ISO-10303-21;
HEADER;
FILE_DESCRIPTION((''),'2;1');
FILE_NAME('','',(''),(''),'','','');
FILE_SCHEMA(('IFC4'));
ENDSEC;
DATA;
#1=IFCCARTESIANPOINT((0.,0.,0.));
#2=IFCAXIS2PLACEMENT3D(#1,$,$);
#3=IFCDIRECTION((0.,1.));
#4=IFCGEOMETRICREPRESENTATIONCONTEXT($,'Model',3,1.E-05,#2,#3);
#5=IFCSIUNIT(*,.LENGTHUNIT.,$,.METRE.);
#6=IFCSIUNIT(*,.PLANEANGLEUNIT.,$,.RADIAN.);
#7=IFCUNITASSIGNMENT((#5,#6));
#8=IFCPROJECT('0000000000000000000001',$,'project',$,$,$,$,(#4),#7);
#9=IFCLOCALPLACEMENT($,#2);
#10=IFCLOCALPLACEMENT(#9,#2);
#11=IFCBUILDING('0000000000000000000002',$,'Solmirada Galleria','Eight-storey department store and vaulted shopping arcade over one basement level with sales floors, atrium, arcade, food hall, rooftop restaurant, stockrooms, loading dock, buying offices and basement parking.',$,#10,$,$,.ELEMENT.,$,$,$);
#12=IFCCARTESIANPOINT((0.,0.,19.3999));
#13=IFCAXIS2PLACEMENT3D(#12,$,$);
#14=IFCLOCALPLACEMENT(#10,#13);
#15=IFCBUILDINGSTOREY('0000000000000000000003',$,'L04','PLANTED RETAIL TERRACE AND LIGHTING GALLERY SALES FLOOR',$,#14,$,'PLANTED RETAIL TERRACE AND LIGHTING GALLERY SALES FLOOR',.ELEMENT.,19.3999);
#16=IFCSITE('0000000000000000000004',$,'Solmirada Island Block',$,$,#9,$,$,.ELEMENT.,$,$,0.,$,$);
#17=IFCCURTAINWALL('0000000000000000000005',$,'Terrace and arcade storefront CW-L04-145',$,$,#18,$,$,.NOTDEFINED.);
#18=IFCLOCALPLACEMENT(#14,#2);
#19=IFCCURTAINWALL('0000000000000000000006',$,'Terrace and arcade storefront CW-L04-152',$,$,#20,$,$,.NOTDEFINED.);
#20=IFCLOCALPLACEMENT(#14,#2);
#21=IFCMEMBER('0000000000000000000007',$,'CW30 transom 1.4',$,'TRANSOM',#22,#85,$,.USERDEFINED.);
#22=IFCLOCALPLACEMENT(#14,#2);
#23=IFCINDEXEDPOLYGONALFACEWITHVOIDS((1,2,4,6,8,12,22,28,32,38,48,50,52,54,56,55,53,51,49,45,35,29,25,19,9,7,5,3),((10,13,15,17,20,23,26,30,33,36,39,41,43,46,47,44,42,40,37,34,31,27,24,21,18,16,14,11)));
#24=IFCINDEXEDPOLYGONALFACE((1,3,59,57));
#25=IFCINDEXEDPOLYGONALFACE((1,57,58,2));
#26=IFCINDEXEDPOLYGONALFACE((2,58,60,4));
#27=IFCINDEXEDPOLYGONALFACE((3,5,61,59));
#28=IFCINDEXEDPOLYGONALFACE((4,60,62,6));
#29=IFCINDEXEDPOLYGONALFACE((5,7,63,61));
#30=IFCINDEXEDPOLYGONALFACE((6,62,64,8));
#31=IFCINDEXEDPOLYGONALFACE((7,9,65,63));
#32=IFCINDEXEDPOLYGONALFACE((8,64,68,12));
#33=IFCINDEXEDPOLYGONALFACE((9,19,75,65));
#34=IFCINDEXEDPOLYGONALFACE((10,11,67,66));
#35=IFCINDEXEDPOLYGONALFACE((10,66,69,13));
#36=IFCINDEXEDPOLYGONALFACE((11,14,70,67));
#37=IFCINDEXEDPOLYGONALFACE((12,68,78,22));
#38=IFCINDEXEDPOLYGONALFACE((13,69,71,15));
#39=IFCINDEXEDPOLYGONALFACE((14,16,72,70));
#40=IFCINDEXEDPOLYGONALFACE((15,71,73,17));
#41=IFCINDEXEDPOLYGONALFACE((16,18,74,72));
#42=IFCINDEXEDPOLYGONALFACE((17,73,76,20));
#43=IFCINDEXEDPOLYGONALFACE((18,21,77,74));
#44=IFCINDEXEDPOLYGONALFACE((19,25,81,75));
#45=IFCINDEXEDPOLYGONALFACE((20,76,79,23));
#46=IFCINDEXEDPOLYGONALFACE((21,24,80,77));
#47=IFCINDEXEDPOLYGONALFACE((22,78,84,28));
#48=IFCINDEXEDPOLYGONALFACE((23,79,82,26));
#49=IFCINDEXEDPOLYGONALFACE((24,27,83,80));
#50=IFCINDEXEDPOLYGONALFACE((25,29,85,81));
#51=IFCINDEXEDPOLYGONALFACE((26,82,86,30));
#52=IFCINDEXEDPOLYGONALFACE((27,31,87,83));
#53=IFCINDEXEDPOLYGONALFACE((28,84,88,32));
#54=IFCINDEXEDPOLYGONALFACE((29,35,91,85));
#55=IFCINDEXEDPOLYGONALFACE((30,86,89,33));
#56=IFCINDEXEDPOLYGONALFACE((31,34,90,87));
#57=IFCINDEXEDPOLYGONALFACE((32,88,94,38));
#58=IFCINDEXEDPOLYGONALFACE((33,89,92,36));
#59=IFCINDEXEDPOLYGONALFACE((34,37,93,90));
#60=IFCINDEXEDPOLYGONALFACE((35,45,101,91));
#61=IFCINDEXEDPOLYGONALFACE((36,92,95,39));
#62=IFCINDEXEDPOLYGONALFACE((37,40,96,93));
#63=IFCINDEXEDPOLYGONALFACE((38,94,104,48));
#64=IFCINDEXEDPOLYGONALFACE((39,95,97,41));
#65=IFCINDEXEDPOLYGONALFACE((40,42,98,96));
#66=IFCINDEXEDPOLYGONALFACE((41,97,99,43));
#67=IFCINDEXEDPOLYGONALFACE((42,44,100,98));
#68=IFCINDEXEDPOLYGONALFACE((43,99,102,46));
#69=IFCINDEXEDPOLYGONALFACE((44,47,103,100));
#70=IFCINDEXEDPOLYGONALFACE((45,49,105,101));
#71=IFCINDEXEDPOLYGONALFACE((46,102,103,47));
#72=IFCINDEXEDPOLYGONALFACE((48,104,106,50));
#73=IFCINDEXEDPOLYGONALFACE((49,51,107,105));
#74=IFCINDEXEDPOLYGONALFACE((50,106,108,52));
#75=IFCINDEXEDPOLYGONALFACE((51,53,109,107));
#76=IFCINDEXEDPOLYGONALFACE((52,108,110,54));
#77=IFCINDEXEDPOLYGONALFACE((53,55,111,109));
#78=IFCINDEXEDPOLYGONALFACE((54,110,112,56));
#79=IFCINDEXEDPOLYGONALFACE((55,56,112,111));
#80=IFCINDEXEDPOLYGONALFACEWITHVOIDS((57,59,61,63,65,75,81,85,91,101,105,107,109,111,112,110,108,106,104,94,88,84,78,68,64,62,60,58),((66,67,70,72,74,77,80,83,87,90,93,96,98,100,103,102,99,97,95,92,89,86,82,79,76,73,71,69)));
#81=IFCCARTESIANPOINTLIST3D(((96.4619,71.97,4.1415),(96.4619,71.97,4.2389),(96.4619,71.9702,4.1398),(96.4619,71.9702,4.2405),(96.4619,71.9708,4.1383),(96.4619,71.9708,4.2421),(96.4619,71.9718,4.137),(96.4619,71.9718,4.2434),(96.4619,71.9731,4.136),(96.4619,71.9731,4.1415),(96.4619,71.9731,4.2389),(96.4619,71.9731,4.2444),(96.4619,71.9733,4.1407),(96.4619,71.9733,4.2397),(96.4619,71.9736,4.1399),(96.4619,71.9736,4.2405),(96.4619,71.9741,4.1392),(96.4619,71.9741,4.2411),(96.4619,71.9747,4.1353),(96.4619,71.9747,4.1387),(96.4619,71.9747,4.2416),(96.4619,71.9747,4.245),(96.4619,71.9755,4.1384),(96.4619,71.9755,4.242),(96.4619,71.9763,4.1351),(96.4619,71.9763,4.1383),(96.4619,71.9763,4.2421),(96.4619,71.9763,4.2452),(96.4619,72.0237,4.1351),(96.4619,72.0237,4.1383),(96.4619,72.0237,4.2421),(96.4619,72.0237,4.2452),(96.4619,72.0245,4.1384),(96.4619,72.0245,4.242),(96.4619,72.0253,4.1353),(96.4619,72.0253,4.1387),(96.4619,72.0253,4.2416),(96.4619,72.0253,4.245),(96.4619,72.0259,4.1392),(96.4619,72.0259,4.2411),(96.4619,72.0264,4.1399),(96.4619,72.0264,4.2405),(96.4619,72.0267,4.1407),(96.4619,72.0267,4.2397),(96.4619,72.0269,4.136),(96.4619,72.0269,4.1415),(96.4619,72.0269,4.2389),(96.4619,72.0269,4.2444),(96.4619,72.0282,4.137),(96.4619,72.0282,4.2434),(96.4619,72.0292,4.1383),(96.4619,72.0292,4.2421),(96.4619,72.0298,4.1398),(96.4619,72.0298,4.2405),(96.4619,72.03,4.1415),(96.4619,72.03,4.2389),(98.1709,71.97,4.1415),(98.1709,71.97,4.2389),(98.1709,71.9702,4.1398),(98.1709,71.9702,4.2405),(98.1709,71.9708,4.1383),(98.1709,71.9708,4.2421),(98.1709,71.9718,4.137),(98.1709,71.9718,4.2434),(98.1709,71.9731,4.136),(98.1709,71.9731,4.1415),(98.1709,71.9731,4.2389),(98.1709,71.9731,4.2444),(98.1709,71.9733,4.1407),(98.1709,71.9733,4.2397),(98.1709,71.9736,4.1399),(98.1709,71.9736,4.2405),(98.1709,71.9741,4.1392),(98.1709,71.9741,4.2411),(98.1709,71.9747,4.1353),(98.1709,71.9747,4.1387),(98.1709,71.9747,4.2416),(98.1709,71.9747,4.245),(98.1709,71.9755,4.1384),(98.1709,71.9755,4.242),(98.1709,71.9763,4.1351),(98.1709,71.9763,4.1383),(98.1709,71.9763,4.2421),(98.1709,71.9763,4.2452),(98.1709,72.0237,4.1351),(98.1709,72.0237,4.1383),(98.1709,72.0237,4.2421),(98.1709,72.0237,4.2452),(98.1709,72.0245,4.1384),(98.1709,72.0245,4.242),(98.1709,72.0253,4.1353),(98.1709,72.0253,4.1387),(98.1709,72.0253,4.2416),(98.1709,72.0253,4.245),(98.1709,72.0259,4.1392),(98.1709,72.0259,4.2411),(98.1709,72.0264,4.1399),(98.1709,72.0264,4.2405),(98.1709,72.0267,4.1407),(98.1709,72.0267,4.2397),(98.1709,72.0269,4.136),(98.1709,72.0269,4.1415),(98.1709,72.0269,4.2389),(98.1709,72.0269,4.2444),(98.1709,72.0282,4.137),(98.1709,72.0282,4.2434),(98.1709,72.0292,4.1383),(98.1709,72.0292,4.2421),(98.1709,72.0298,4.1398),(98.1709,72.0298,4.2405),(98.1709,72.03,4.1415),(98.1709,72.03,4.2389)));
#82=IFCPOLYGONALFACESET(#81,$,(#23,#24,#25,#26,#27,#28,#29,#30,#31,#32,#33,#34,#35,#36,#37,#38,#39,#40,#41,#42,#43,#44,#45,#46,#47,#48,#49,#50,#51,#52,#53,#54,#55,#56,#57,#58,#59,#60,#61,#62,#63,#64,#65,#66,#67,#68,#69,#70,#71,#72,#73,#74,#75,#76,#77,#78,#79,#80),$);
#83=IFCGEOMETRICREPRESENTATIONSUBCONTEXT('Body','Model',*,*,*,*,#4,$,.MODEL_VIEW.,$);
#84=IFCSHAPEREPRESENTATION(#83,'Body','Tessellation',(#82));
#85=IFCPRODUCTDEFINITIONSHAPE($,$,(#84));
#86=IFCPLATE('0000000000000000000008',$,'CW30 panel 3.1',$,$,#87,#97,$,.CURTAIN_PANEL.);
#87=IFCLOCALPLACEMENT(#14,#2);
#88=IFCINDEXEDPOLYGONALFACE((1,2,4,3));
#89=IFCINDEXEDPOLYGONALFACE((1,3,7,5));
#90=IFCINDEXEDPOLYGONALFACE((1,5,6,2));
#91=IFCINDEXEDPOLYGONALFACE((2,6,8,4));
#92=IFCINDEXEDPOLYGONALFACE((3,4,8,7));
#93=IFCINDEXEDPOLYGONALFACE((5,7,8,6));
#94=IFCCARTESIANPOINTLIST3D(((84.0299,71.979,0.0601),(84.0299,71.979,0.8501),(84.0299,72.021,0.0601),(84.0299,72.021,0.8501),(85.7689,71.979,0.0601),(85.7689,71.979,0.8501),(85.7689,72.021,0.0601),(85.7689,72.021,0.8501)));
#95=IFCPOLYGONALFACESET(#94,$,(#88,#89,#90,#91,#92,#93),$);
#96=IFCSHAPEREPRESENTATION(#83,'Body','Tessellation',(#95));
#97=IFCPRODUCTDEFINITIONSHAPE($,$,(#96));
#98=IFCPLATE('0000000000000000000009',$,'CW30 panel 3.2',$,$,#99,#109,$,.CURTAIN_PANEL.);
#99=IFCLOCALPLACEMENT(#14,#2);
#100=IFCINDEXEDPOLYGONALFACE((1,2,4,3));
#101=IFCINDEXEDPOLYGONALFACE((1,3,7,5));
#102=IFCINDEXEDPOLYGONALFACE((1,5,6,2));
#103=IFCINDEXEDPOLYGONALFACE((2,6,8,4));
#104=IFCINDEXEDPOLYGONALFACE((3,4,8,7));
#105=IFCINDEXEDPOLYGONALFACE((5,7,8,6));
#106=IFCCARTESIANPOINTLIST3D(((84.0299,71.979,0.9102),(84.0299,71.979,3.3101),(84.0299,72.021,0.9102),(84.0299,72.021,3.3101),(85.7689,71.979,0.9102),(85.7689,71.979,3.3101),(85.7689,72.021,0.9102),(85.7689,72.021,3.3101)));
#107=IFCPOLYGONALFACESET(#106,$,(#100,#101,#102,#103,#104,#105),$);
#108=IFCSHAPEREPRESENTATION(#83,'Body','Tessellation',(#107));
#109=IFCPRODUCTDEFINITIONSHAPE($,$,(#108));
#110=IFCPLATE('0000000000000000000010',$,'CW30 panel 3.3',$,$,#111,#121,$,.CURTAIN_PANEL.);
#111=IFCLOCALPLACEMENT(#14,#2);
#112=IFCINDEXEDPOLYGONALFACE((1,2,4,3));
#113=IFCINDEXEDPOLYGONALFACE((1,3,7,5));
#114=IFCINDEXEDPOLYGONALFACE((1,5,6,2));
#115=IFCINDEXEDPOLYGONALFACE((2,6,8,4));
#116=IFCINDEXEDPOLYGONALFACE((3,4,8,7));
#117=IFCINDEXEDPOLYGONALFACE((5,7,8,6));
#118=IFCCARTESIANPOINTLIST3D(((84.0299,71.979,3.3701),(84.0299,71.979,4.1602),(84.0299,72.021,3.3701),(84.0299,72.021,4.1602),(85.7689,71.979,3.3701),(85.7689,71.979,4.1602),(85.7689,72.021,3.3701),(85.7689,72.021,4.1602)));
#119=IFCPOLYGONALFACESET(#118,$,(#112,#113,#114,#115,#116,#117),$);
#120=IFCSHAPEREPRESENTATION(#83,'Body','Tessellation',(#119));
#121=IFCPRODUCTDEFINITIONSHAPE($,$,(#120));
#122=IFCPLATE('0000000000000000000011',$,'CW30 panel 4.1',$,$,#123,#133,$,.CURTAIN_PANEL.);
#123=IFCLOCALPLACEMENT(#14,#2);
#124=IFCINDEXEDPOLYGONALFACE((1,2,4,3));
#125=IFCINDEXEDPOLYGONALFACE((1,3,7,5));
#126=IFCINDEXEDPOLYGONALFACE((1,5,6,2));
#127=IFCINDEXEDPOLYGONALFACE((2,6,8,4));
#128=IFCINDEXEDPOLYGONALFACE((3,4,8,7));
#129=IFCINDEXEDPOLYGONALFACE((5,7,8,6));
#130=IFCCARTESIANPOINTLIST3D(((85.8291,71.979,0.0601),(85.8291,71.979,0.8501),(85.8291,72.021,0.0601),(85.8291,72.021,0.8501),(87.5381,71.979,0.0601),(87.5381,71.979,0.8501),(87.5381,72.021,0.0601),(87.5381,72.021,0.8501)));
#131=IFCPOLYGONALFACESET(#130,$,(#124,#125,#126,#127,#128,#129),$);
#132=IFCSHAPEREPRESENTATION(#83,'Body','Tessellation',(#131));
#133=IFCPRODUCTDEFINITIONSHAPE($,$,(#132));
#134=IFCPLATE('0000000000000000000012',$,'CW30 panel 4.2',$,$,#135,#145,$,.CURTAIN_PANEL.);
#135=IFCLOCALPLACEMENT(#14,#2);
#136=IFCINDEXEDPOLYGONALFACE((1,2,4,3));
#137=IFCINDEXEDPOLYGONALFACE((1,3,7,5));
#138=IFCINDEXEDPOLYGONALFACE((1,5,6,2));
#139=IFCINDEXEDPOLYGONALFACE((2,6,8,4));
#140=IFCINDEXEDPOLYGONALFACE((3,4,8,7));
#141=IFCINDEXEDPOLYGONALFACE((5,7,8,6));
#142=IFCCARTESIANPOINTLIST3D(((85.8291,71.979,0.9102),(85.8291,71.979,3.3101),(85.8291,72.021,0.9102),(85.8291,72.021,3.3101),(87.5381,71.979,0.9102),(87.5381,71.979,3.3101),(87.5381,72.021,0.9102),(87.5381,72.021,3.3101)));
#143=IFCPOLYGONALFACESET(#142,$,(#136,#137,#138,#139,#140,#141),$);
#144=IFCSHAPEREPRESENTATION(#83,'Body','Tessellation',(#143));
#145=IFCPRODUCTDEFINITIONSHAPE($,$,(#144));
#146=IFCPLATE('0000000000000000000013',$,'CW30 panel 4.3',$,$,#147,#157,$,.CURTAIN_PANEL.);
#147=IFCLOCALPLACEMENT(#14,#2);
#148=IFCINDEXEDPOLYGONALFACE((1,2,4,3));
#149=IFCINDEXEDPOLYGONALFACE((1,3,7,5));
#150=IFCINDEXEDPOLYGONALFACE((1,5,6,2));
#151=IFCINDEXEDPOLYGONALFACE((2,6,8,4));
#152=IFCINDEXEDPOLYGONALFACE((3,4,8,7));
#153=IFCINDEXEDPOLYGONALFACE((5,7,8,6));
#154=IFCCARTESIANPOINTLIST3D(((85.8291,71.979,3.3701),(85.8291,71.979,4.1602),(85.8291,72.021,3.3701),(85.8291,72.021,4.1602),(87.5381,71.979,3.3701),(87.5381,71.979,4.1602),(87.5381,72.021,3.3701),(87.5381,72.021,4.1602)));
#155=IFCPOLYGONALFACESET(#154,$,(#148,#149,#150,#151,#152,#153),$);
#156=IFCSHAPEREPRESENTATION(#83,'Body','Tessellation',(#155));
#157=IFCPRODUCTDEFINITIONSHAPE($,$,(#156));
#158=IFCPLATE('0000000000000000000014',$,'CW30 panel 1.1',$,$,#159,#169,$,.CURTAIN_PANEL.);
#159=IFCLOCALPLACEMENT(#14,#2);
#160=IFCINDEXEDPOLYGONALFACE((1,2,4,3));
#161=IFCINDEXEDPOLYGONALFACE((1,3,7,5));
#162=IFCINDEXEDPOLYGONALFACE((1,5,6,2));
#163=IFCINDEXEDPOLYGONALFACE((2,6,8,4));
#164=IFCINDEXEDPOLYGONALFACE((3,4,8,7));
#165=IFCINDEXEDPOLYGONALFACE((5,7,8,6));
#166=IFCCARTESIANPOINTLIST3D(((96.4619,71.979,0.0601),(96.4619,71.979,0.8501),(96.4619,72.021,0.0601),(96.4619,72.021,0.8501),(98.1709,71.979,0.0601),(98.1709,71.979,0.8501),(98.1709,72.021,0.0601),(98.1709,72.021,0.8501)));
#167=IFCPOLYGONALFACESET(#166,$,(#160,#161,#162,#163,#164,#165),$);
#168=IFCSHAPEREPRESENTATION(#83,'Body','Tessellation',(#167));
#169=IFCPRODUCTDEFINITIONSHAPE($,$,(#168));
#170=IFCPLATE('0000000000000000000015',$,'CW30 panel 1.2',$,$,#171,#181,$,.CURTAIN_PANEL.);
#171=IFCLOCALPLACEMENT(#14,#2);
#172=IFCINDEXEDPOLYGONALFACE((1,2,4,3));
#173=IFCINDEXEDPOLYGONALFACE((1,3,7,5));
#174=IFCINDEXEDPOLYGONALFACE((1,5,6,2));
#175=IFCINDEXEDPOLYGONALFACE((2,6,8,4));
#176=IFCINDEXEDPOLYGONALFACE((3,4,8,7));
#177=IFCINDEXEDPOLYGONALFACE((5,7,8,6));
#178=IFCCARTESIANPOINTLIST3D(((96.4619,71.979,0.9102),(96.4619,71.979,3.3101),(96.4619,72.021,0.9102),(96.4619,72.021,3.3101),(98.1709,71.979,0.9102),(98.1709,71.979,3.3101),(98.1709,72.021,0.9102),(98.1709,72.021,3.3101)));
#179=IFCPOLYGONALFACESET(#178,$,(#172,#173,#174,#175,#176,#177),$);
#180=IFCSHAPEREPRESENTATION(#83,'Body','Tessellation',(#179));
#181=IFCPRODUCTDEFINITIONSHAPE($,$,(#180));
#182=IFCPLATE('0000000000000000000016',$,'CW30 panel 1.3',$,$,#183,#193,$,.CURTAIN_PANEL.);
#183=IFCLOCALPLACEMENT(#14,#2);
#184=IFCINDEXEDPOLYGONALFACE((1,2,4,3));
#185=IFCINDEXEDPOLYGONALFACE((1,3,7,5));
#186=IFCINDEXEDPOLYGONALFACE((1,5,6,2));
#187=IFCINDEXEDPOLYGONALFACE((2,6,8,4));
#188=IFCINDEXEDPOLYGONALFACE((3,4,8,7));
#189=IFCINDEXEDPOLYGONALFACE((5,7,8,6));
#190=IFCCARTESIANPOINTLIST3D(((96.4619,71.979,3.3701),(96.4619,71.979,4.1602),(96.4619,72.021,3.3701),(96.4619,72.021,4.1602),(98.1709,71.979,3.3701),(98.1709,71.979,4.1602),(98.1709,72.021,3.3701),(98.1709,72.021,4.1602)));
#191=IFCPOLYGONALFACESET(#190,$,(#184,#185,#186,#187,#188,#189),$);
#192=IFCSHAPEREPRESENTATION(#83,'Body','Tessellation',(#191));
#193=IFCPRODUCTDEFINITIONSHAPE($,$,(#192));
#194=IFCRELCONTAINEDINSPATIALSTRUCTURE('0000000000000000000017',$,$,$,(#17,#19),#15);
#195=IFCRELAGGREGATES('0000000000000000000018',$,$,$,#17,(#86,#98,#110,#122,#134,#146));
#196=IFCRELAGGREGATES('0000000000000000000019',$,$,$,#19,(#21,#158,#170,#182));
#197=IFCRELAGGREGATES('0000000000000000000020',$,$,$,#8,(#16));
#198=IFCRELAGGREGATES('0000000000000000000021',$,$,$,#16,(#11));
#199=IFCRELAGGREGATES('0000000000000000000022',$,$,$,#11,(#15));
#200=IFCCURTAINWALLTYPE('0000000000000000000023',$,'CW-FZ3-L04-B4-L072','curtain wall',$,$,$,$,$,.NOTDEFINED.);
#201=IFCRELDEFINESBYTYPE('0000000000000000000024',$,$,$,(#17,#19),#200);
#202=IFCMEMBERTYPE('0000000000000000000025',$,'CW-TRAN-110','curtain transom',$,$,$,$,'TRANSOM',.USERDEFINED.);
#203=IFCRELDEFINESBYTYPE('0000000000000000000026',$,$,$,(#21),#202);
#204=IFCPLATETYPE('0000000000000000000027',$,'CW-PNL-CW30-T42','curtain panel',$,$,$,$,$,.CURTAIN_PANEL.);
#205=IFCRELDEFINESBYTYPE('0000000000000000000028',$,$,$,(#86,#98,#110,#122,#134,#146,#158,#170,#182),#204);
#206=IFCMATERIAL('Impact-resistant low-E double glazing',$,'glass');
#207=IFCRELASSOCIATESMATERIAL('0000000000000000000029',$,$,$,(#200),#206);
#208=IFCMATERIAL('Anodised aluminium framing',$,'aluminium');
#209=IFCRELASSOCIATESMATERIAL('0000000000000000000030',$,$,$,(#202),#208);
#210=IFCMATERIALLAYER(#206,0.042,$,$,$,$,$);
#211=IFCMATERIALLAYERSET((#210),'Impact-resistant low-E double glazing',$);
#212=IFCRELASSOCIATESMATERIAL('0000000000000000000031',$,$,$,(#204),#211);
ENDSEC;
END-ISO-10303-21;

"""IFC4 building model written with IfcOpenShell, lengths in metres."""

from ifc_helpers import new_model, si_unit, direction, frame, origin, origin_2d, place, context, subcontext, project, spatial, rectangle, hollow_rectangle, extrude, material, layer, layer_set, material_profile, profile_set, type_object, element, aggregate, save


model = new_model("IFC4")

# Units and contexts
model_context = context("Model", 3, precision=1e-05, world=origin(), true_north=direction((0.0, 1.0)))
body_context = subcontext(model_context, "Body", "Model", "MODEL_VIEW")
ifc_project = project(units=[si_unit("LENGTHUNIT", "METRE"), si_unit("PLANEANGLEUNIT", "RADIAN")], contexts=[model_context])

# Site, building, storey
site_placement = place(None, origin())
site = spatial("IfcSite", under=ifc_project, at=site_placement, Name="Solmirada Island Block", CompositionType="ELEMENT", RefElevation=0.0)
building_placement = place(site_placement, origin())
building = spatial("IfcBuilding", under=site, at=building_placement, Name="Solmirada Galleria", Description="Eight-storey department store and vaulted shopping arcade over one basement level with sales floors, atrium, arcade, food hall, rooftop restaurant, stockrooms, loading dock, buying offices and basement parking.", CompositionType="ELEMENT")
storey_placement = place(building_placement, frame((0.0, 0.0, 19.3999)))
storey = spatial("IfcBuildingStorey", under=building, at=storey_placement, Name="L04", Description="PLANTED RETAIL TERRACE AND LIGHTING GALLERY SALES FLOOR", LongName="PLANTED RETAIL TERRACE AND LIGHTING GALLERY SALES FLOOR", CompositionType="ELEMENT", Elevation=19.3999)

# Curtain wall
ifc_material_1 = material(Name="Impact-resistant low-E double glazing", Category="glass")
curtain_wall_type = type_object("IfcCurtainWallType", Name="CW-FZ3-L04-B4-L072", Description="curtain wall", PredefinedType="NOTDEFINED", material=ifc_material_1)
curtain_wall_1_placement = place(storey_placement, origin())
curtain_wall_1 = element("IfcCurtainWall", 1, at=curtain_wall_1_placement, inside=storey, type_object=curtain_wall_type, Name="Terrace and arcade storefront CW-L04-145", PredefinedType="NOTDEFINED")
ifc_material_2 = material(Name="Anodised aluminium framing", Category="aluminium")

# Curtain wall
curtain_wall_2_placement = place(storey_placement, origin())
curtain_wall_2 = element("IfcCurtainWall", 2, at=curtain_wall_2_placement, inside=storey, type_object=curtain_wall_type, Name="Terrace and arcade storefront CW-L04-152", PredefinedType="NOTDEFINED")

# Member
ifc_material_profile_1 = material_profile(ifc_material_2, hollow_rectangle(XDim=0.0601, YDim=0.1101, WallThickness=0.0032, InnerFilletRadius=0.0032, OuterFilletRadius=0.0063, at=origin_2d()), Name="ALU-TRAN-110X60")
ifc_profile_set_1 = profile_set([ifc_material_profile_1], Name="Anodised aluminium framing")
member_type_1 = type_object("IfcMemberType", Name="CW-TRAN-110", Description="curtain transom", ElementType="TRANSOM", PredefinedType="USERDEFINED", material=ifc_profile_set_1)
member_1_placement = place(storey_placement, frame((96.4619, 72.0, 4.1902), z_axis=(1.0, 0.0, 0.0), x_axis=(0.0, 1.0, 0.0)))
member_1 = element("IfcMember", 3, at=member_1_placement, type_object=member_type_1, Name="CW30 transom 1.4", ObjectType="TRANSOM", PredefinedType="USERDEFINED", context=body_context, shape_type="SweptSolid", body=[
    extrude(hollow_rectangle(XDim=0.0601, YDim=0.1101, WallThickness=0.0032, InnerFilletRadius=0.0032, OuterFilletRadius=0.0063, at=origin_2d()), origin(), (0.0, 0.0, 1.0), 1.709),
])

# Plates
ifc_layer = layer(ifc_material_1, 0.042)
ifc_layer_set = layer_set([ifc_layer], Name="Impact-resistant low-E double glazing")
plate_type = type_object("IfcPlateType", Name="CW-PNL-CW30-T42", Description="curtain panel", PredefinedType="CURTAIN_PANEL", material=ifc_layer_set)
plate_1_placement = place(storey_placement, frame((84.8994, 72.0, 0.0601), z_axis=(0.0, 0.0, 1.0), x_axis=(1.0, 0.0, 0.0)))
plate_1 = element("IfcPlate", 4, at=plate_1_placement, type_object=plate_type, Name="CW30 panel 3.1", PredefinedType="CURTAIN_PANEL", context=body_context, shape_type="SweptSolid", body=[
    extrude(rectangle(XDim=1.739, YDim=0.042, at=origin_2d()), origin(), (0.0, 0.0, 1.0), 0.79),
])
plate_2_placement = place(storey_placement, frame((84.8994, 72.0, 0.9102), z_axis=(0.0, 0.0, 1.0), x_axis=(1.0, 0.0, 0.0)))
plate_2 = element("IfcPlate", 5, at=plate_2_placement, type_object=plate_type, Name="CW30 panel 3.2", PredefinedType="CURTAIN_PANEL", context=body_context, shape_type="SweptSolid", body=[
    extrude(rectangle(XDim=1.739, YDim=0.042, at=origin_2d()), origin(), (0.0, 0.0, 1.0), 2.3999),
])
plate_3_placement = place(storey_placement, frame((84.8994, 72.0, 3.3701), z_axis=(0.0, 0.0, 1.0), x_axis=(1.0, 0.0, 0.0)))
plate_3 = element("IfcPlate", 6, at=plate_3_placement, type_object=plate_type, Name="CW30 panel 3.3", PredefinedType="CURTAIN_PANEL", context=body_context, shape_type="SweptSolid", body=[
    extrude(rectangle(XDim=1.739, YDim=0.042, at=origin_2d()), origin(), (0.0, 0.0, 1.0), 0.79),
])
plate_4_placement = place(storey_placement, frame((86.6836, 72.0, 0.0601), z_axis=(0.0, 0.0, 1.0), x_axis=(1.0, 0.0, 0.0)))
plate_4 = element("IfcPlate", 7, at=plate_4_placement, type_object=plate_type, Name="CW30 panel 4.1", PredefinedType="CURTAIN_PANEL", context=body_context, shape_type="SweptSolid", body=[
    extrude(rectangle(XDim=1.709, YDim=0.042, at=origin_2d()), origin(), (0.0, 0.0, 1.0), 0.79),
])
plate_5_placement = place(storey_placement, frame((86.6836, 72.0, 0.9102), z_axis=(0.0, 0.0, 1.0), x_axis=(1.0, 0.0, 0.0)))
plate_5 = element("IfcPlate", 8, at=plate_5_placement, type_object=plate_type, Name="CW30 panel 4.2", PredefinedType="CURTAIN_PANEL", context=body_context, shape_type="SweptSolid", body=[
    extrude(rectangle(XDim=1.709, YDim=0.042, at=origin_2d()), origin(), (0.0, 0.0, 1.0), 2.3999),
])
plate_6_placement = place(storey_placement, frame((86.6836, 72.0, 3.3701), z_axis=(0.0, 0.0, 1.0), x_axis=(1.0, 0.0, 0.0)))
plate_6 = element("IfcPlate", 9, at=plate_6_placement, type_object=plate_type, Name="CW30 panel 4.3", PredefinedType="CURTAIN_PANEL", context=body_context, shape_type="SweptSolid", body=[
    extrude(rectangle(XDim=1.709, YDim=0.042, at=origin_2d()), origin(), (0.0, 0.0, 1.0), 0.79),
])
aggregate(curtain_wall_1, [plate_1, plate_2, plate_3, plate_4, plate_5, plate_6])
plate_7_placement = place(storey_placement, frame((97.3164, 72.0, 0.0601), z_axis=(0.0, 0.0, 1.0), x_axis=(1.0, 0.0, 0.0)))
plate_7 = element("IfcPlate", 10, at=plate_7_placement, type_object=plate_type, Name="CW30 panel 1.1", PredefinedType="CURTAIN_PANEL", context=body_context, shape_type="SweptSolid", body=[
    extrude(rectangle(XDim=1.709, YDim=0.042, at=origin_2d()), origin(), (0.0, 0.0, 1.0), 0.79),
])
plate_8_placement = place(storey_placement, frame((97.3164, 72.0, 0.9102), z_axis=(0.0, 0.0, 1.0), x_axis=(1.0, 0.0, 0.0)))
plate_8 = element("IfcPlate", 11, at=plate_8_placement, type_object=plate_type, Name="CW30 panel 1.2", PredefinedType="CURTAIN_PANEL", context=body_context, shape_type="SweptSolid", body=[
    extrude(rectangle(XDim=1.709, YDim=0.042, at=origin_2d()), origin(), (0.0, 0.0, 1.0), 2.3999),
])
plate_9_placement = place(storey_placement, frame((97.3164, 72.0, 3.3701), z_axis=(0.0, 0.0, 1.0), x_axis=(1.0, 0.0, 0.0)))
plate_9 = element("IfcPlate", 12, at=plate_9_placement, type_object=plate_type, Name="CW30 panel 1.3", PredefinedType="CURTAIN_PANEL", context=body_context, shape_type="SweptSolid", body=[
    extrude(rectangle(XDim=1.709, YDim=0.042, at=origin_2d()), origin(), (0.0, 0.0, 1.0), 0.79),
])
aggregate(curtain_wall_2, [member_1, plate_7, plate_8, plate_9])

save(model, "model.ifc")
